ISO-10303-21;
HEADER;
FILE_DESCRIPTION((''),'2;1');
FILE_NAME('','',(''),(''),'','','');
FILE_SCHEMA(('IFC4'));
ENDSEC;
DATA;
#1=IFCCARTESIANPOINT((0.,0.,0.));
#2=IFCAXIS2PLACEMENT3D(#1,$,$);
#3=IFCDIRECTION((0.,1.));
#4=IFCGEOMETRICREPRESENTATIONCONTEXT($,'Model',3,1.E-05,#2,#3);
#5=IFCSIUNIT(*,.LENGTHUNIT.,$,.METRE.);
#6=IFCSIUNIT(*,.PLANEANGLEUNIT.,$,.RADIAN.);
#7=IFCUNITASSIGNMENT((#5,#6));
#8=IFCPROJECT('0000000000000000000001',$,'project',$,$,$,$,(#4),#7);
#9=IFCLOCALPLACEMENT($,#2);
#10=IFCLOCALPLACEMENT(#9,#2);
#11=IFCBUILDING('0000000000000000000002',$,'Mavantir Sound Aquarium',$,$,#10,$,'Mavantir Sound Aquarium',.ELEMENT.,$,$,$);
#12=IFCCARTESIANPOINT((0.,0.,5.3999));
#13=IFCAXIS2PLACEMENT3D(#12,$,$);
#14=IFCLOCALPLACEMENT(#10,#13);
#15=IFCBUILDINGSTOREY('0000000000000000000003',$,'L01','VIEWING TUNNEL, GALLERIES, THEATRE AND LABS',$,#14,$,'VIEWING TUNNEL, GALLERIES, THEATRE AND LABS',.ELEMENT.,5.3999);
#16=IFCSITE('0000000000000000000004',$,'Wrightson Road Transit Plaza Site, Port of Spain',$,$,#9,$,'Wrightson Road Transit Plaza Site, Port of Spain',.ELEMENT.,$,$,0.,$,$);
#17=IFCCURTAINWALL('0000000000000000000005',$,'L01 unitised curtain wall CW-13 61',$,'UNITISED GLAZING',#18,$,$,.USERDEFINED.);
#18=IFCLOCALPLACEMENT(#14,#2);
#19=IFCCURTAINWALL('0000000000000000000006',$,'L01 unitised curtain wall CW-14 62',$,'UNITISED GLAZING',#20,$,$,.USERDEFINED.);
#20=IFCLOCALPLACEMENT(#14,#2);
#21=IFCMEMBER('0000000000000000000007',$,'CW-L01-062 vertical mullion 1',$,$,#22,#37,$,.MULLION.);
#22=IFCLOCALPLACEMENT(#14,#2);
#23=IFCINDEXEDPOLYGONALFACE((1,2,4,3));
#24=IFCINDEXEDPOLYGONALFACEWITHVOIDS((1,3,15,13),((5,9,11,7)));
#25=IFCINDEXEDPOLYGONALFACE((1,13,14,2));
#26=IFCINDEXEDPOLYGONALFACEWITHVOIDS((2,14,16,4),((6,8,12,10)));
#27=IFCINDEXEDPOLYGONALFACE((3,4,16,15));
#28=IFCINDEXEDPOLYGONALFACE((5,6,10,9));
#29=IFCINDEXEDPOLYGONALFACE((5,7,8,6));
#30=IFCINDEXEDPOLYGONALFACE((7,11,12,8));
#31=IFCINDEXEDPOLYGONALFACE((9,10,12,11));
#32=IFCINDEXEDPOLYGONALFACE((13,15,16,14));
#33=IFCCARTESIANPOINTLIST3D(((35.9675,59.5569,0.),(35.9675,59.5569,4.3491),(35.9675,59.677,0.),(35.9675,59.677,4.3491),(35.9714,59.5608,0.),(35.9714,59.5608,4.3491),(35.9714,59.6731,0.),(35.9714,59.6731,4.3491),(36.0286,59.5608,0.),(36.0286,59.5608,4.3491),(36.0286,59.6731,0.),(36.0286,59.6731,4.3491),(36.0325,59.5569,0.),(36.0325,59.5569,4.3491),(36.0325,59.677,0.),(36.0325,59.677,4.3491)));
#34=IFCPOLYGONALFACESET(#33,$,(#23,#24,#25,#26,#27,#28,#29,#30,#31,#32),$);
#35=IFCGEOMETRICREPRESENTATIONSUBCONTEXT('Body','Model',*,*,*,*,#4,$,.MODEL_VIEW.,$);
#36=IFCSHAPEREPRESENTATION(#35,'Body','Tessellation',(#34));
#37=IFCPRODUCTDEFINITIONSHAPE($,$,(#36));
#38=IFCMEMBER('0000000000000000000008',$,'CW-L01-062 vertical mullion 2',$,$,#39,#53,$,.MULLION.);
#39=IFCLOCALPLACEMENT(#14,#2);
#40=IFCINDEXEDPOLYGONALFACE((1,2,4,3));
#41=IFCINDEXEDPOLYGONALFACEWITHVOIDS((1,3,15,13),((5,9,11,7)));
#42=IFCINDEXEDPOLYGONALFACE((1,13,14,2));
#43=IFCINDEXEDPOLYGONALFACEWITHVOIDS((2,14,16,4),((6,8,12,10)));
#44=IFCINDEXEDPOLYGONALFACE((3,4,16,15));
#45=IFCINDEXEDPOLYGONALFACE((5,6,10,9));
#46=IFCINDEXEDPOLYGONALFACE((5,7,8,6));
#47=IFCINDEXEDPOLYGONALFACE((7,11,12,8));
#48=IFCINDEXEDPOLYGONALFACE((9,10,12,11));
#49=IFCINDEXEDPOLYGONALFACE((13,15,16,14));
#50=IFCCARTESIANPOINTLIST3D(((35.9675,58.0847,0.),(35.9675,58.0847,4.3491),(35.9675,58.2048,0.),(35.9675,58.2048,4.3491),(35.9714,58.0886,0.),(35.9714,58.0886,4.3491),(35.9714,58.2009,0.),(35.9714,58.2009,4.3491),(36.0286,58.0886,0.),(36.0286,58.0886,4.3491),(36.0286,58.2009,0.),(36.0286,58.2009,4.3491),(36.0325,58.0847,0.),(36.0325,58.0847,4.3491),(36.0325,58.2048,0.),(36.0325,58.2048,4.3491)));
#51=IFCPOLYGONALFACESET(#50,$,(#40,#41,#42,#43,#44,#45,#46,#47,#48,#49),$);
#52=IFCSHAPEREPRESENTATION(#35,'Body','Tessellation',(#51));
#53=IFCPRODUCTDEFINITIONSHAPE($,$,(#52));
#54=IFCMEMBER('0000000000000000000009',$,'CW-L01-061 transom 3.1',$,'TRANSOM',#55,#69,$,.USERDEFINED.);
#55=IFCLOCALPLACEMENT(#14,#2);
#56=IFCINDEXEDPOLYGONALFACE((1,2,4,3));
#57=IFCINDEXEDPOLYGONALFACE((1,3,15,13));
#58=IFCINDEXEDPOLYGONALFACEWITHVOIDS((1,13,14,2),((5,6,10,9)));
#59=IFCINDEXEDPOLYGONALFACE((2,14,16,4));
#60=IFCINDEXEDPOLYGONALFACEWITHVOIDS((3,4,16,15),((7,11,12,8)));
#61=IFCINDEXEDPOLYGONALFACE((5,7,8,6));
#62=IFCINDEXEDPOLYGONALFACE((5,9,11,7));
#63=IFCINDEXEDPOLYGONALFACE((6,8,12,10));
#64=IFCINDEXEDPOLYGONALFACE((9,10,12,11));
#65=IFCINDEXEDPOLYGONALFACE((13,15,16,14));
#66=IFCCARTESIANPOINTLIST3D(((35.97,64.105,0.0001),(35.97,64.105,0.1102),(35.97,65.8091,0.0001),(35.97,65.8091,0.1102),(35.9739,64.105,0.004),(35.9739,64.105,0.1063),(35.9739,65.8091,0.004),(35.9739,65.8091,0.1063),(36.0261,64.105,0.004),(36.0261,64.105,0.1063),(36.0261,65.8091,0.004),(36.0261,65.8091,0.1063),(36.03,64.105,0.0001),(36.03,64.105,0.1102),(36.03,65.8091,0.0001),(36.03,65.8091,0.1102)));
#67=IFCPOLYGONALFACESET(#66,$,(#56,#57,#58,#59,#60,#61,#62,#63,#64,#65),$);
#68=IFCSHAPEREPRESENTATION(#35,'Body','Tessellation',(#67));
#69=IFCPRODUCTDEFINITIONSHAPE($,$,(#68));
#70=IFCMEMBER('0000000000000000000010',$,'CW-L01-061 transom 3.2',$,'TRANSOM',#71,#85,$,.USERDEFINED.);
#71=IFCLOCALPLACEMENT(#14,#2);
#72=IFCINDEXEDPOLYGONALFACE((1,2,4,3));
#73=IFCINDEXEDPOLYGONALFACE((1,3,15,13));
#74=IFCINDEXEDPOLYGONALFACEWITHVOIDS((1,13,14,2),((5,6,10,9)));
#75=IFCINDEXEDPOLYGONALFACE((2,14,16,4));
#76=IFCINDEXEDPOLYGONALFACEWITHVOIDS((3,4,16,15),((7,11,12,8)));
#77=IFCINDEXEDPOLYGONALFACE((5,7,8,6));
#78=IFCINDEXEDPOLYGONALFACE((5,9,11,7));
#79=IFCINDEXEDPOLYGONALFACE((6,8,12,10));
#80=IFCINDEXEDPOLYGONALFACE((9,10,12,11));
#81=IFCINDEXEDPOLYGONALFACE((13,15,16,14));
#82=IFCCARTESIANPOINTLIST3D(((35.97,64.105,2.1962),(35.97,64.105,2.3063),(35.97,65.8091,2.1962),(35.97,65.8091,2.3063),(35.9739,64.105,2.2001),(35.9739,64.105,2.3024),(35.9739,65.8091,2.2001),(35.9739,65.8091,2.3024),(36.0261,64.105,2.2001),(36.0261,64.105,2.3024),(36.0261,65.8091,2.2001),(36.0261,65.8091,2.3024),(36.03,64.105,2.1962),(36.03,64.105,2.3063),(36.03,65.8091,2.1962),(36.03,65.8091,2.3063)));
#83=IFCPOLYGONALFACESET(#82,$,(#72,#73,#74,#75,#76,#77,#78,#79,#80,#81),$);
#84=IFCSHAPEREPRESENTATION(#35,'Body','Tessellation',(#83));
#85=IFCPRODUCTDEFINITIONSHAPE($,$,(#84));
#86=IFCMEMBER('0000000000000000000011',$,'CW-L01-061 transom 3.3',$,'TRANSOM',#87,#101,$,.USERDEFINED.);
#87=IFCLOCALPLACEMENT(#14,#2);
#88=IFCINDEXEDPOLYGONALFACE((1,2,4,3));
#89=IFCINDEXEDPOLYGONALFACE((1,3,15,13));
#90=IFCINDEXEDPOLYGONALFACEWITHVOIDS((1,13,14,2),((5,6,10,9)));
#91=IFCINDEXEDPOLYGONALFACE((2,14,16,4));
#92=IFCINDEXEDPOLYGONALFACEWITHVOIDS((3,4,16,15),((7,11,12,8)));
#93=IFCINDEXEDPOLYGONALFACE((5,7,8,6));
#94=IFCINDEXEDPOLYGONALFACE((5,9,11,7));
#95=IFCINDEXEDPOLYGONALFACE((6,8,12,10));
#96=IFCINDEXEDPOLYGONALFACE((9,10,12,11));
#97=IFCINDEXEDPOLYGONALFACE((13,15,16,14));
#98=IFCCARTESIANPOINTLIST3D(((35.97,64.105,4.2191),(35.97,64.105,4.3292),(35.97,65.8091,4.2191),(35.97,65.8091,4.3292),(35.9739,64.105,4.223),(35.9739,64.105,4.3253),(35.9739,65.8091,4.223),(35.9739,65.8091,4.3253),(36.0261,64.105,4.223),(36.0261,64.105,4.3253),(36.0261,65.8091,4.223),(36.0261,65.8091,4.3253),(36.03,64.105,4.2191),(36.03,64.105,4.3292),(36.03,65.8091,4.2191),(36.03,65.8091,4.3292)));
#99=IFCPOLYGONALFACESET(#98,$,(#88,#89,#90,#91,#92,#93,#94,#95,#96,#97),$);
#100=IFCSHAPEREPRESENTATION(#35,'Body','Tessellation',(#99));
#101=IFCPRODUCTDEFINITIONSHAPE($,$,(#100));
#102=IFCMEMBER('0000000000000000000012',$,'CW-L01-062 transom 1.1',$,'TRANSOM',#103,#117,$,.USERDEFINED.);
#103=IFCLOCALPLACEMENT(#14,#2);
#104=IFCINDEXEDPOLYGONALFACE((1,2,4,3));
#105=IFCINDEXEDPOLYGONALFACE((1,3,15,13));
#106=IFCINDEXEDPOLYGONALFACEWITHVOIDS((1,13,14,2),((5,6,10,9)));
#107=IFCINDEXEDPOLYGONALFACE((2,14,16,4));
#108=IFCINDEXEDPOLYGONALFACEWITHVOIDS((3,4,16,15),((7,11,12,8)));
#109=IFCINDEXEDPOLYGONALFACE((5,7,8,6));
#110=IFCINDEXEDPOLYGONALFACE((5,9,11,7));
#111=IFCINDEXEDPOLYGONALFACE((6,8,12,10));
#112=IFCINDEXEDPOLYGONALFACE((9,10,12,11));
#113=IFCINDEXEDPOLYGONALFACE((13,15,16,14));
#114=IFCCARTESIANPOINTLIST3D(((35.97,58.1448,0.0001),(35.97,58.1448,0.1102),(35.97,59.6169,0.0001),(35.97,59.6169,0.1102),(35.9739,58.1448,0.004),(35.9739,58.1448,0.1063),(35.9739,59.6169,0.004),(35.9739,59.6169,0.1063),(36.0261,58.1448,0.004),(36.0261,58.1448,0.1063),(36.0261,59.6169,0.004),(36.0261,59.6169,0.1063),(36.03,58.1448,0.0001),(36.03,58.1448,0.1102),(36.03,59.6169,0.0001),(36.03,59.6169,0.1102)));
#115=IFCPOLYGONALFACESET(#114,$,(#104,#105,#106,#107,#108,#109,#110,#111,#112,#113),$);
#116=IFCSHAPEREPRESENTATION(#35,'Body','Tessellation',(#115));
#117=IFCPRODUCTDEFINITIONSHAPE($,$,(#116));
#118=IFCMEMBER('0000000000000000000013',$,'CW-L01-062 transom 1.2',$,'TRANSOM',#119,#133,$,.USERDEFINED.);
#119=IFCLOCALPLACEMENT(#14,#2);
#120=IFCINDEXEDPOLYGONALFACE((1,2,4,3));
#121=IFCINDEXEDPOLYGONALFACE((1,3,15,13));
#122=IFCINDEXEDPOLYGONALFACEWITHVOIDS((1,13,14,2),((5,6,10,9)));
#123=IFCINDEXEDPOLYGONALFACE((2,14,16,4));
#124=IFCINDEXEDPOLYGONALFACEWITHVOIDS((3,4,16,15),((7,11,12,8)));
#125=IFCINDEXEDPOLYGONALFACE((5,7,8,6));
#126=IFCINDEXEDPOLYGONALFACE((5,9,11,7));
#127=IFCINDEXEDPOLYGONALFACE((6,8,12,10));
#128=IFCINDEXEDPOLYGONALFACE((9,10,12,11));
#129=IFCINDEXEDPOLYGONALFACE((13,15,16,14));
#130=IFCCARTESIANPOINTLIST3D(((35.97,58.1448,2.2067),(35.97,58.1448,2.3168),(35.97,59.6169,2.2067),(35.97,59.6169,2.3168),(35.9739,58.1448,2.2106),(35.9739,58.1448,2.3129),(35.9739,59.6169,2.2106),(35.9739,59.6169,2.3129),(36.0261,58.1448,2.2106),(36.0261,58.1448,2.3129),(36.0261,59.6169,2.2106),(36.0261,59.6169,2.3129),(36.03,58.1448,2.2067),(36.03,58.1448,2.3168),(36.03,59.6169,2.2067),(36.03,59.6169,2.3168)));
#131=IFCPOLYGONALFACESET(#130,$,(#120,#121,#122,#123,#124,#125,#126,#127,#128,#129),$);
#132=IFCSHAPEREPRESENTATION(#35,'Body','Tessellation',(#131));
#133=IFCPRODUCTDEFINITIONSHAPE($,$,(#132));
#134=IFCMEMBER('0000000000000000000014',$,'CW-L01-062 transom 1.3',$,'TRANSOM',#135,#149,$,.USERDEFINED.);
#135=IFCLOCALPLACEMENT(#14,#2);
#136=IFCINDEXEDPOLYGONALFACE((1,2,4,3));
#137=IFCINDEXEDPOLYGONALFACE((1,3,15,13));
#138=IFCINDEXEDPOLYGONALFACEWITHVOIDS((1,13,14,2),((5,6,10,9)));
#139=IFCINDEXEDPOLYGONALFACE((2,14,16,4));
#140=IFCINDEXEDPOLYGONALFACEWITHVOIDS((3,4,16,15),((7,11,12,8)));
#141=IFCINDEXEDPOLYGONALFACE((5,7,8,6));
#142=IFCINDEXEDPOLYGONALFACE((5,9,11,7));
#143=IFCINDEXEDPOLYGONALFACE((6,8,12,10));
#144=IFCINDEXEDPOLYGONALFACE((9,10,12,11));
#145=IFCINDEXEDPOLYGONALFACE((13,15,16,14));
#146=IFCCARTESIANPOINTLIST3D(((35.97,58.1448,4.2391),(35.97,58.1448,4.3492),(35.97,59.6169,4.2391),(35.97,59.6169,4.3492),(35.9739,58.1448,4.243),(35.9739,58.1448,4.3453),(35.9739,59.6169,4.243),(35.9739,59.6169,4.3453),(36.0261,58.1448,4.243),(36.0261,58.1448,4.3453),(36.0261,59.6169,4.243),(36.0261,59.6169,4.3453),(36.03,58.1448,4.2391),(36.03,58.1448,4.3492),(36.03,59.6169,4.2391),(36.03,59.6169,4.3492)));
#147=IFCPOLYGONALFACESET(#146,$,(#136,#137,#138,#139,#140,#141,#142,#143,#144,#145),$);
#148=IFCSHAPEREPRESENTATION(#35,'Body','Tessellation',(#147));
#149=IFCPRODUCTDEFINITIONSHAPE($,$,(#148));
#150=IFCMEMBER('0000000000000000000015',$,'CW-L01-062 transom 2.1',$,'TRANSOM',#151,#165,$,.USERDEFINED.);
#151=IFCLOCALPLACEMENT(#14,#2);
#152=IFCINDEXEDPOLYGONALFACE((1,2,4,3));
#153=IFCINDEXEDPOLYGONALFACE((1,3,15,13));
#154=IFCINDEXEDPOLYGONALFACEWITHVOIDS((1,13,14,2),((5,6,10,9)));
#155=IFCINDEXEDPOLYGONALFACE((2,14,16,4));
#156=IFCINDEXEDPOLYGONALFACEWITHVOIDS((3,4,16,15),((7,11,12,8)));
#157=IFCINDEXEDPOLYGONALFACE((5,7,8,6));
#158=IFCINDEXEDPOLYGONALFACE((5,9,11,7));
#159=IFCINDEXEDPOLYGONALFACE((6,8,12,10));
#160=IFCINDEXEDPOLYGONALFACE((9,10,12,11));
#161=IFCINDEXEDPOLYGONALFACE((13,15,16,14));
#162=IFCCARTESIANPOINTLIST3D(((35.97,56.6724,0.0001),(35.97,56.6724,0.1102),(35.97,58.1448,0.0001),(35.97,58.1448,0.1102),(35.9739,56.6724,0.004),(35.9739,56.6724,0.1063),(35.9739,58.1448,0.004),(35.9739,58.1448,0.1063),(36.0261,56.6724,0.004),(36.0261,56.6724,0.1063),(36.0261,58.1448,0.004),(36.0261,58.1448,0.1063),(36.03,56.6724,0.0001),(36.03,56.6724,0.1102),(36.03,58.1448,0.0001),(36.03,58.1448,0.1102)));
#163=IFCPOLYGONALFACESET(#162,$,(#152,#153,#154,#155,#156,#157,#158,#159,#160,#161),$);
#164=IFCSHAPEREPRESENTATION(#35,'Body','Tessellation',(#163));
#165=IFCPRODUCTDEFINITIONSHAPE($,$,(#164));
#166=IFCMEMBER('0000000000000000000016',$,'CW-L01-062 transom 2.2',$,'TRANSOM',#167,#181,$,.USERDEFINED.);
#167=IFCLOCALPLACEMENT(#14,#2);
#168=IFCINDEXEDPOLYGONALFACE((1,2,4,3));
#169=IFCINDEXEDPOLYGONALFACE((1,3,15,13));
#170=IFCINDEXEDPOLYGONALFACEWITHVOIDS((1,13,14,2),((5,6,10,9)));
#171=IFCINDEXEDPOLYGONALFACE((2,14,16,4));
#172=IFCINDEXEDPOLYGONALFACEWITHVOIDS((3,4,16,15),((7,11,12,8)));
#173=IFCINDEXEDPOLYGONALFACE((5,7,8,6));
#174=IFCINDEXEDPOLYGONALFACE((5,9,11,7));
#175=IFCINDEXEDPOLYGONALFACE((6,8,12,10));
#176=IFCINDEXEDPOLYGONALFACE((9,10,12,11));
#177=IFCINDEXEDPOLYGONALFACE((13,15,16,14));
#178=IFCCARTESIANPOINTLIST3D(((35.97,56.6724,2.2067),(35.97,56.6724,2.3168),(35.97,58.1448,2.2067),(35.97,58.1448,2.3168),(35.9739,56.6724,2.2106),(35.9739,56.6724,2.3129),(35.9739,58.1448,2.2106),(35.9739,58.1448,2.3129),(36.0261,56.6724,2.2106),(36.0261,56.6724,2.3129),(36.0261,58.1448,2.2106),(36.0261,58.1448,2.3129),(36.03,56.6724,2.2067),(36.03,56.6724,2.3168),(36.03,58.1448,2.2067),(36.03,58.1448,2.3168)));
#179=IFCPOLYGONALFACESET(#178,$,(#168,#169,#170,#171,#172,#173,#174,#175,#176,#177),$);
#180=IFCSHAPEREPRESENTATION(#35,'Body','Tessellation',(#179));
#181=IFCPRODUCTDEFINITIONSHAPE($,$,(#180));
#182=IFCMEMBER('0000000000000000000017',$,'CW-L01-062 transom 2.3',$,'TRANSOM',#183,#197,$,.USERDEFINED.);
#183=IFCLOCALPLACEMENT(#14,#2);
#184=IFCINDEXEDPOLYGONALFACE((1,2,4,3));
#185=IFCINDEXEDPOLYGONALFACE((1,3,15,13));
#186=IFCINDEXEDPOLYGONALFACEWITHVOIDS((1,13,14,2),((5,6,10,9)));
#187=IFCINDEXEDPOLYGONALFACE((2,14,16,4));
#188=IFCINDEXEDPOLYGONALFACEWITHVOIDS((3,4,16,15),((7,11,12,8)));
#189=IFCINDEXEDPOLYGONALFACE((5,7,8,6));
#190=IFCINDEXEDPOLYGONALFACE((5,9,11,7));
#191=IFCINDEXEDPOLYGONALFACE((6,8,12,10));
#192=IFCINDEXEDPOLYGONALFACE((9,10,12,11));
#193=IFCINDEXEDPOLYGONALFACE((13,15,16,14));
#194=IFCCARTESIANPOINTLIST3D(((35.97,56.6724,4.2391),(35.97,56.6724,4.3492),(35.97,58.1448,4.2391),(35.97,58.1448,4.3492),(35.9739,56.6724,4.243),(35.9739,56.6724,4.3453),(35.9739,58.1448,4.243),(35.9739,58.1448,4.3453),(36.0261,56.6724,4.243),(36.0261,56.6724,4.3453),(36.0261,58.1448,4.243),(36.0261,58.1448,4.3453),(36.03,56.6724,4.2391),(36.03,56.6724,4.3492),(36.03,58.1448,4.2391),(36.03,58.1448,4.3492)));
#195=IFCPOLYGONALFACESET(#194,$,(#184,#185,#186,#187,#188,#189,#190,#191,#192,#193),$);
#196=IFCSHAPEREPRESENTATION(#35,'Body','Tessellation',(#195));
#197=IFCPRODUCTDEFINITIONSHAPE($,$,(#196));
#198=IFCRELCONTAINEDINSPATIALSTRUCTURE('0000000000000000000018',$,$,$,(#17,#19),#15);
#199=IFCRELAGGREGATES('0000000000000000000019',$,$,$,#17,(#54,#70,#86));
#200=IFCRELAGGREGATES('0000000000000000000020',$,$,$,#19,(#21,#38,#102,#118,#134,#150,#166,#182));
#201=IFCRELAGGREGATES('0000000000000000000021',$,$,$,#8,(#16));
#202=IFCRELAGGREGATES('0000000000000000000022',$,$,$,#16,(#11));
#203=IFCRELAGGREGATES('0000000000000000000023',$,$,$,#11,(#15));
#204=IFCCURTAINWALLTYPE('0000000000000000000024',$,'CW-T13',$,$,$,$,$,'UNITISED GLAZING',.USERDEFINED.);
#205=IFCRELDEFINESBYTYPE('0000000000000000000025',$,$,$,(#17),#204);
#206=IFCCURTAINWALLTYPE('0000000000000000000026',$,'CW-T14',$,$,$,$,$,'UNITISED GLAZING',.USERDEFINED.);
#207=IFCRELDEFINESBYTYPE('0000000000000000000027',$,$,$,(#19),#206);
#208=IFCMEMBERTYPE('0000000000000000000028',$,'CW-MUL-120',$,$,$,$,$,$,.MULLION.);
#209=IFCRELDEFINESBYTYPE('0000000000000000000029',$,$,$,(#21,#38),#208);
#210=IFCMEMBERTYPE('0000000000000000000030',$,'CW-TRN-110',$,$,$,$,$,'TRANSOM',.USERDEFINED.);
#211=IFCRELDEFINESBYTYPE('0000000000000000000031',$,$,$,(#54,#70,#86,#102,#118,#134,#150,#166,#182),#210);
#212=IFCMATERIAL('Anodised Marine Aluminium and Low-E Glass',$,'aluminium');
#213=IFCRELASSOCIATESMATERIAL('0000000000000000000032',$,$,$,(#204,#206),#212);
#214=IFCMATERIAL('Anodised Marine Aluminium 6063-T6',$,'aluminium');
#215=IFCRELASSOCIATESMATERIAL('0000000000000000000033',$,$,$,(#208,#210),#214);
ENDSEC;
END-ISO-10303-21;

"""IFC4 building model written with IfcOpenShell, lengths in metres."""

from ifc_helpers import new_model, si_unit, direction, frame, origin, origin_2d, place, context, subcontext, project, spatial, hollow_rectangle, extrude, material, material_profile, profile_set, type_object, element, aggregate, save


model = new_model("IFC4")

# Units and contexts
model_context = context("Model", 3, precision=1e-05, world=origin(), true_north=direction((0.0, 1.0)))
body_context = subcontext(model_context, "Body", "Model", "MODEL_VIEW")
ifc_project = project(units=[si_unit("LENGTHUNIT", "METRE"), si_unit("PLANEANGLEUNIT", "RADIAN")], contexts=[model_context])

# Site, building, storey
site_placement = place(None, origin())
site = spatial("IfcSite", under=ifc_project, at=site_placement, Name="Wrightson Road Transit Plaza Site, Port of Spain", LongName="Wrightson Road Transit Plaza Site, Port of Spain", CompositionType="ELEMENT", RefElevation=0.0)
building_placement = place(site_placement, origin())
building = spatial("IfcBuilding", under=site, at=building_placement, Name="Mavantir Sound Aquarium", LongName="Mavantir Sound Aquarium", CompositionType="ELEMENT")
storey_placement = place(building_placement, frame((0.0, 0.0, 5.3999)))
storey = spatial("IfcBuildingStorey", under=building, at=storey_placement, Name="L01", Description="VIEWING TUNNEL, GALLERIES, THEATRE AND LABS", LongName="VIEWING TUNNEL, GALLERIES, THEATRE AND LABS", CompositionType="ELEMENT", Elevation=5.3999)

# Curtain walls, members
ifc_material_1 = material(Name="Anodised Marine Aluminium and Low-E Glass", Category="aluminium")
curtain_wall_type_1 = type_object("IfcCurtainWallType", Name="CW-T13", ElementType="UNITISED GLAZING", PredefinedType="USERDEFINED", material=ifc_material_1)
curtain_wall_1_placement = place(storey_placement, origin())
curtain_wall_1 = element("IfcCurtainWall", 1, at=curtain_wall_1_placement, inside=storey, type_object=curtain_wall_type_1, Name="L01 unitised curtain wall CW-13 61", ObjectType="UNITISED GLAZING", PredefinedType="USERDEFINED")
ifc_material_2 = material(Name="Anodised Marine Aluminium 6063-T6", Category="aluminium")
curtain_wall_type_2 = type_object("IfcCurtainWallType", Name="CW-T14", ElementType="UNITISED GLAZING", PredefinedType="USERDEFINED", material=ifc_material_1)
curtain_wall_2_placement = place(storey_placement, origin())
curtain_wall_2 = element("IfcCurtainWall", 2, at=curtain_wall_2_placement, inside=storey, type_object=curtain_wall_type_2, Name="L01 unitised curtain wall CW-14 62", ObjectType="UNITISED GLAZING", PredefinedType="USERDEFINED")
ifc_material_profile_1 = material_profile(ifc_material_2, hollow_rectangle(XDim=0.0649, YDim=0.1201, WallThickness=0.0039, at=origin_2d()), Name="ALU-MULLION-120X65")
ifc_profile_set_1 = profile_set([ifc_material_profile_1], Name="Anodised Marine Aluminium 6063-T6")
member_type_1 = type_object("IfcMemberType", Name="CW-MUL-120", PredefinedType="MULLION", material=ifc_profile_set_1)
member_1_placement = place(storey_placement, frame((36.0, 59.6169, 0.0), z_axis=(0.0, 0.0, 1.0), x_axis=(1.0, 0.0, 0.0)))
member_1 = element("IfcMember", 3, at=member_1_placement, type_object=member_type_1, Name="CW-L01-062 vertical mullion 1", PredefinedType="MULLION", context=body_context, shape_type="SweptSolid", body=[
    extrude(hollow_rectangle(XDim=0.0649, YDim=0.1201, WallThickness=0.0039, at=origin_2d()), origin(), (0.0, 0.0, 1.0), 4.3491),
])
member_2_placement = place(storey_placement, frame((36.0, 58.1448, 0.0), z_axis=(0.0, 0.0, 1.0), x_axis=(1.0, 0.0, 0.0)))
member_2 = element("IfcMember", 4, at=member_2_placement, type_object=member_type_1, Name="CW-L01-062 vertical mullion 2", PredefinedType="MULLION", context=body_context, shape_type="SweptSolid", body=[
    extrude(hollow_rectangle(XDim=0.0649, YDim=0.1201, WallThickness=0.0039, at=origin_2d()), origin(), (0.0, 0.0, 1.0), 4.3491),
])

# Members
ifc_material_profile_2 = material_profile(ifc_material_2, hollow_rectangle(XDim=0.0601, YDim=0.1101, WallThickness=0.0039, at=origin_2d()), Name="ALU-TRANSOM-110X60")
ifc_profile_set_2 = profile_set([ifc_material_profile_2], Name="Anodised Marine Aluminium 6063-T6")
member_type_2 = type_object("IfcMemberType", Name="CW-TRN-110", ElementType="TRANSOM", PredefinedType="USERDEFINED", material=ifc_profile_set_2)
member_3_placement = place(storey_placement, frame((36.0, 65.8091, 0.0552), z_axis=(0.0, -1.0, 0.0), x_axis=(1.0, 0.0, 0.0)))
member_3 = element("IfcMember", 5, at=member_3_placement, type_object=member_type_2, Name="CW-L01-061 transom 3.1", ObjectType="TRANSOM", PredefinedType="USERDEFINED", context=body_context, shape_type="SweptSolid", body=[
    extrude(hollow_rectangle(XDim=0.0601, YDim=0.1101, WallThickness=0.0039, at=origin_2d()), origin(), (0.0, 0.0, 1.0), 1.7041),
])
member_4_placement = place(storey_placement, frame((36.0, 65.8091, 2.2512), z_axis=(0.0, -1.0, 0.0), x_axis=(1.0, 0.0, 0.0)))
member_4 = element("IfcMember", 6, at=member_4_placement, type_object=member_type_2, Name="CW-L01-061 transom 3.2", ObjectType="TRANSOM", PredefinedType="USERDEFINED", context=body_context, shape_type="SweptSolid", body=[
    extrude(hollow_rectangle(XDim=0.0601, YDim=0.1101, WallThickness=0.0039, at=origin_2d()), origin(), (0.0, 0.0, 1.0), 1.7041),
])
member_5_placement = place(storey_placement, frame((36.0, 65.8091, 4.2742), z_axis=(0.0, -1.0, 0.0), x_axis=(1.0, 0.0, 0.0)))
member_5 = element("IfcMember", 7, at=member_5_placement, type_object=member_type_2, Name="CW-L01-061 transom 3.3", ObjectType="TRANSOM", PredefinedType="USERDEFINED", context=body_context, shape_type="SweptSolid", body=[
    extrude(hollow_rectangle(XDim=0.0601, YDim=0.1101, WallThickness=0.0039, at=origin_2d()), origin(), (0.0, 0.0, 1.0), 1.7041),
])
member_6_placement = place(storey_placement, frame((36.0, 59.6169, 0.0552), z_axis=(0.0, -1.0, 0.0), x_axis=(1.0, 0.0, 0.0)))
member_6 = element("IfcMember", 8, at=member_6_placement, type_object=member_type_2, Name="CW-L01-062 transom 1.1", ObjectType="TRANSOM", PredefinedType="USERDEFINED", context=body_context, shape_type="SweptSolid", body=[
    extrude(hollow_rectangle(XDim=0.0601, YDim=0.1101, WallThickness=0.0039, at=origin_2d()), origin(), (0.0, 0.0, 1.0), 1.4722),
])
member_7_placement = place(storey_placement, frame((36.0, 59.6169, 2.2617), z_axis=(0.0, -1.0, 0.0), x_axis=(1.0, 0.0, 0.0)))
member_7 = element("IfcMember", 9, at=member_7_placement, type_object=member_type_2, Name="CW-L01-062 transom 1.2", ObjectType="TRANSOM", PredefinedType="USERDEFINED", context=body_context, shape_type="SweptSolid", body=[
    extrude(hollow_rectangle(XDim=0.0601, YDim=0.1101, WallThickness=0.0039, at=origin_2d()), origin(), (0.0, 0.0, 1.0), 1.4722),
])
member_8_placement = place(storey_placement, frame((36.0, 59.6169, 4.2942), z_axis=(0.0, -1.0, 0.0), x_axis=(1.0, 0.0, 0.0)))
member_8 = element("IfcMember", 10, at=member_8_placement, type_object=member_type_2, Name="CW-L01-062 transom 1.3", ObjectType="TRANSOM", PredefinedType="USERDEFINED", context=body_context, shape_type="SweptSolid", body=[
    extrude(hollow_rectangle(XDim=0.0601, YDim=0.1101, WallThickness=0.0039, at=origin_2d()), origin(), (0.0, 0.0, 1.0), 1.4722),
])
member_9_placement = place(storey_placement, frame((36.0, 58.1448, 0.0552), z_axis=(0.0, -1.0, 0.0), x_axis=(1.0, 0.0, 0.0)))
member_9 = element("IfcMember", 11, at=member_9_placement, type_object=member_type_2, Name="CW-L01-062 transom 2.1", ObjectType="TRANSOM", PredefinedType="USERDEFINED", context=body_context, shape_type="SweptSolid", body=[
    extrude(hollow_rectangle(XDim=0.0601, YDim=0.1101, WallThickness=0.0039, at=origin_2d()), origin(), (0.0, 0.0, 1.0), 1.4724),
])
member_10_placement = place(storey_placement, frame((36.0, 58.1448, 2.2617), z_axis=(0.0, -1.0, 0.0), x_axis=(1.0, 0.0, 0.0)))
member_10 = element("IfcMember", 12, at=member_10_placement, type_object=member_type_2, Name="CW-L01-062 transom 2.2", ObjectType="TRANSOM", PredefinedType="USERDEFINED", context=body_context, shape_type="SweptSolid", body=[
    extrude(hollow_rectangle(XDim=0.0601, YDim=0.1101, WallThickness=0.0039, at=origin_2d()), origin(), (0.0, 0.0, 1.0), 1.4724),
])
member_11_placement = place(storey_placement, frame((36.0, 58.1448, 4.2942), z_axis=(0.0, -1.0, 0.0), x_axis=(1.0, 0.0, 0.0)))
member_11 = element("IfcMember", 13, at=member_11_placement, type_object=member_type_2, Name="CW-L01-062 transom 2.3", ObjectType="TRANSOM", PredefinedType="USERDEFINED", context=body_context, shape_type="SweptSolid", body=[
    extrude(hollow_rectangle(XDim=0.0601, YDim=0.1101, WallThickness=0.0039, at=origin_2d()), origin(), (0.0, 0.0, 1.0), 1.4724),
])

aggregate(curtain_wall_1, [member_3, member_4, member_5])
aggregate(curtain_wall_2, [member_1, member_2, member_6, member_7, member_8, member_9, member_10, member_11])

save(model, "model.ifc")
